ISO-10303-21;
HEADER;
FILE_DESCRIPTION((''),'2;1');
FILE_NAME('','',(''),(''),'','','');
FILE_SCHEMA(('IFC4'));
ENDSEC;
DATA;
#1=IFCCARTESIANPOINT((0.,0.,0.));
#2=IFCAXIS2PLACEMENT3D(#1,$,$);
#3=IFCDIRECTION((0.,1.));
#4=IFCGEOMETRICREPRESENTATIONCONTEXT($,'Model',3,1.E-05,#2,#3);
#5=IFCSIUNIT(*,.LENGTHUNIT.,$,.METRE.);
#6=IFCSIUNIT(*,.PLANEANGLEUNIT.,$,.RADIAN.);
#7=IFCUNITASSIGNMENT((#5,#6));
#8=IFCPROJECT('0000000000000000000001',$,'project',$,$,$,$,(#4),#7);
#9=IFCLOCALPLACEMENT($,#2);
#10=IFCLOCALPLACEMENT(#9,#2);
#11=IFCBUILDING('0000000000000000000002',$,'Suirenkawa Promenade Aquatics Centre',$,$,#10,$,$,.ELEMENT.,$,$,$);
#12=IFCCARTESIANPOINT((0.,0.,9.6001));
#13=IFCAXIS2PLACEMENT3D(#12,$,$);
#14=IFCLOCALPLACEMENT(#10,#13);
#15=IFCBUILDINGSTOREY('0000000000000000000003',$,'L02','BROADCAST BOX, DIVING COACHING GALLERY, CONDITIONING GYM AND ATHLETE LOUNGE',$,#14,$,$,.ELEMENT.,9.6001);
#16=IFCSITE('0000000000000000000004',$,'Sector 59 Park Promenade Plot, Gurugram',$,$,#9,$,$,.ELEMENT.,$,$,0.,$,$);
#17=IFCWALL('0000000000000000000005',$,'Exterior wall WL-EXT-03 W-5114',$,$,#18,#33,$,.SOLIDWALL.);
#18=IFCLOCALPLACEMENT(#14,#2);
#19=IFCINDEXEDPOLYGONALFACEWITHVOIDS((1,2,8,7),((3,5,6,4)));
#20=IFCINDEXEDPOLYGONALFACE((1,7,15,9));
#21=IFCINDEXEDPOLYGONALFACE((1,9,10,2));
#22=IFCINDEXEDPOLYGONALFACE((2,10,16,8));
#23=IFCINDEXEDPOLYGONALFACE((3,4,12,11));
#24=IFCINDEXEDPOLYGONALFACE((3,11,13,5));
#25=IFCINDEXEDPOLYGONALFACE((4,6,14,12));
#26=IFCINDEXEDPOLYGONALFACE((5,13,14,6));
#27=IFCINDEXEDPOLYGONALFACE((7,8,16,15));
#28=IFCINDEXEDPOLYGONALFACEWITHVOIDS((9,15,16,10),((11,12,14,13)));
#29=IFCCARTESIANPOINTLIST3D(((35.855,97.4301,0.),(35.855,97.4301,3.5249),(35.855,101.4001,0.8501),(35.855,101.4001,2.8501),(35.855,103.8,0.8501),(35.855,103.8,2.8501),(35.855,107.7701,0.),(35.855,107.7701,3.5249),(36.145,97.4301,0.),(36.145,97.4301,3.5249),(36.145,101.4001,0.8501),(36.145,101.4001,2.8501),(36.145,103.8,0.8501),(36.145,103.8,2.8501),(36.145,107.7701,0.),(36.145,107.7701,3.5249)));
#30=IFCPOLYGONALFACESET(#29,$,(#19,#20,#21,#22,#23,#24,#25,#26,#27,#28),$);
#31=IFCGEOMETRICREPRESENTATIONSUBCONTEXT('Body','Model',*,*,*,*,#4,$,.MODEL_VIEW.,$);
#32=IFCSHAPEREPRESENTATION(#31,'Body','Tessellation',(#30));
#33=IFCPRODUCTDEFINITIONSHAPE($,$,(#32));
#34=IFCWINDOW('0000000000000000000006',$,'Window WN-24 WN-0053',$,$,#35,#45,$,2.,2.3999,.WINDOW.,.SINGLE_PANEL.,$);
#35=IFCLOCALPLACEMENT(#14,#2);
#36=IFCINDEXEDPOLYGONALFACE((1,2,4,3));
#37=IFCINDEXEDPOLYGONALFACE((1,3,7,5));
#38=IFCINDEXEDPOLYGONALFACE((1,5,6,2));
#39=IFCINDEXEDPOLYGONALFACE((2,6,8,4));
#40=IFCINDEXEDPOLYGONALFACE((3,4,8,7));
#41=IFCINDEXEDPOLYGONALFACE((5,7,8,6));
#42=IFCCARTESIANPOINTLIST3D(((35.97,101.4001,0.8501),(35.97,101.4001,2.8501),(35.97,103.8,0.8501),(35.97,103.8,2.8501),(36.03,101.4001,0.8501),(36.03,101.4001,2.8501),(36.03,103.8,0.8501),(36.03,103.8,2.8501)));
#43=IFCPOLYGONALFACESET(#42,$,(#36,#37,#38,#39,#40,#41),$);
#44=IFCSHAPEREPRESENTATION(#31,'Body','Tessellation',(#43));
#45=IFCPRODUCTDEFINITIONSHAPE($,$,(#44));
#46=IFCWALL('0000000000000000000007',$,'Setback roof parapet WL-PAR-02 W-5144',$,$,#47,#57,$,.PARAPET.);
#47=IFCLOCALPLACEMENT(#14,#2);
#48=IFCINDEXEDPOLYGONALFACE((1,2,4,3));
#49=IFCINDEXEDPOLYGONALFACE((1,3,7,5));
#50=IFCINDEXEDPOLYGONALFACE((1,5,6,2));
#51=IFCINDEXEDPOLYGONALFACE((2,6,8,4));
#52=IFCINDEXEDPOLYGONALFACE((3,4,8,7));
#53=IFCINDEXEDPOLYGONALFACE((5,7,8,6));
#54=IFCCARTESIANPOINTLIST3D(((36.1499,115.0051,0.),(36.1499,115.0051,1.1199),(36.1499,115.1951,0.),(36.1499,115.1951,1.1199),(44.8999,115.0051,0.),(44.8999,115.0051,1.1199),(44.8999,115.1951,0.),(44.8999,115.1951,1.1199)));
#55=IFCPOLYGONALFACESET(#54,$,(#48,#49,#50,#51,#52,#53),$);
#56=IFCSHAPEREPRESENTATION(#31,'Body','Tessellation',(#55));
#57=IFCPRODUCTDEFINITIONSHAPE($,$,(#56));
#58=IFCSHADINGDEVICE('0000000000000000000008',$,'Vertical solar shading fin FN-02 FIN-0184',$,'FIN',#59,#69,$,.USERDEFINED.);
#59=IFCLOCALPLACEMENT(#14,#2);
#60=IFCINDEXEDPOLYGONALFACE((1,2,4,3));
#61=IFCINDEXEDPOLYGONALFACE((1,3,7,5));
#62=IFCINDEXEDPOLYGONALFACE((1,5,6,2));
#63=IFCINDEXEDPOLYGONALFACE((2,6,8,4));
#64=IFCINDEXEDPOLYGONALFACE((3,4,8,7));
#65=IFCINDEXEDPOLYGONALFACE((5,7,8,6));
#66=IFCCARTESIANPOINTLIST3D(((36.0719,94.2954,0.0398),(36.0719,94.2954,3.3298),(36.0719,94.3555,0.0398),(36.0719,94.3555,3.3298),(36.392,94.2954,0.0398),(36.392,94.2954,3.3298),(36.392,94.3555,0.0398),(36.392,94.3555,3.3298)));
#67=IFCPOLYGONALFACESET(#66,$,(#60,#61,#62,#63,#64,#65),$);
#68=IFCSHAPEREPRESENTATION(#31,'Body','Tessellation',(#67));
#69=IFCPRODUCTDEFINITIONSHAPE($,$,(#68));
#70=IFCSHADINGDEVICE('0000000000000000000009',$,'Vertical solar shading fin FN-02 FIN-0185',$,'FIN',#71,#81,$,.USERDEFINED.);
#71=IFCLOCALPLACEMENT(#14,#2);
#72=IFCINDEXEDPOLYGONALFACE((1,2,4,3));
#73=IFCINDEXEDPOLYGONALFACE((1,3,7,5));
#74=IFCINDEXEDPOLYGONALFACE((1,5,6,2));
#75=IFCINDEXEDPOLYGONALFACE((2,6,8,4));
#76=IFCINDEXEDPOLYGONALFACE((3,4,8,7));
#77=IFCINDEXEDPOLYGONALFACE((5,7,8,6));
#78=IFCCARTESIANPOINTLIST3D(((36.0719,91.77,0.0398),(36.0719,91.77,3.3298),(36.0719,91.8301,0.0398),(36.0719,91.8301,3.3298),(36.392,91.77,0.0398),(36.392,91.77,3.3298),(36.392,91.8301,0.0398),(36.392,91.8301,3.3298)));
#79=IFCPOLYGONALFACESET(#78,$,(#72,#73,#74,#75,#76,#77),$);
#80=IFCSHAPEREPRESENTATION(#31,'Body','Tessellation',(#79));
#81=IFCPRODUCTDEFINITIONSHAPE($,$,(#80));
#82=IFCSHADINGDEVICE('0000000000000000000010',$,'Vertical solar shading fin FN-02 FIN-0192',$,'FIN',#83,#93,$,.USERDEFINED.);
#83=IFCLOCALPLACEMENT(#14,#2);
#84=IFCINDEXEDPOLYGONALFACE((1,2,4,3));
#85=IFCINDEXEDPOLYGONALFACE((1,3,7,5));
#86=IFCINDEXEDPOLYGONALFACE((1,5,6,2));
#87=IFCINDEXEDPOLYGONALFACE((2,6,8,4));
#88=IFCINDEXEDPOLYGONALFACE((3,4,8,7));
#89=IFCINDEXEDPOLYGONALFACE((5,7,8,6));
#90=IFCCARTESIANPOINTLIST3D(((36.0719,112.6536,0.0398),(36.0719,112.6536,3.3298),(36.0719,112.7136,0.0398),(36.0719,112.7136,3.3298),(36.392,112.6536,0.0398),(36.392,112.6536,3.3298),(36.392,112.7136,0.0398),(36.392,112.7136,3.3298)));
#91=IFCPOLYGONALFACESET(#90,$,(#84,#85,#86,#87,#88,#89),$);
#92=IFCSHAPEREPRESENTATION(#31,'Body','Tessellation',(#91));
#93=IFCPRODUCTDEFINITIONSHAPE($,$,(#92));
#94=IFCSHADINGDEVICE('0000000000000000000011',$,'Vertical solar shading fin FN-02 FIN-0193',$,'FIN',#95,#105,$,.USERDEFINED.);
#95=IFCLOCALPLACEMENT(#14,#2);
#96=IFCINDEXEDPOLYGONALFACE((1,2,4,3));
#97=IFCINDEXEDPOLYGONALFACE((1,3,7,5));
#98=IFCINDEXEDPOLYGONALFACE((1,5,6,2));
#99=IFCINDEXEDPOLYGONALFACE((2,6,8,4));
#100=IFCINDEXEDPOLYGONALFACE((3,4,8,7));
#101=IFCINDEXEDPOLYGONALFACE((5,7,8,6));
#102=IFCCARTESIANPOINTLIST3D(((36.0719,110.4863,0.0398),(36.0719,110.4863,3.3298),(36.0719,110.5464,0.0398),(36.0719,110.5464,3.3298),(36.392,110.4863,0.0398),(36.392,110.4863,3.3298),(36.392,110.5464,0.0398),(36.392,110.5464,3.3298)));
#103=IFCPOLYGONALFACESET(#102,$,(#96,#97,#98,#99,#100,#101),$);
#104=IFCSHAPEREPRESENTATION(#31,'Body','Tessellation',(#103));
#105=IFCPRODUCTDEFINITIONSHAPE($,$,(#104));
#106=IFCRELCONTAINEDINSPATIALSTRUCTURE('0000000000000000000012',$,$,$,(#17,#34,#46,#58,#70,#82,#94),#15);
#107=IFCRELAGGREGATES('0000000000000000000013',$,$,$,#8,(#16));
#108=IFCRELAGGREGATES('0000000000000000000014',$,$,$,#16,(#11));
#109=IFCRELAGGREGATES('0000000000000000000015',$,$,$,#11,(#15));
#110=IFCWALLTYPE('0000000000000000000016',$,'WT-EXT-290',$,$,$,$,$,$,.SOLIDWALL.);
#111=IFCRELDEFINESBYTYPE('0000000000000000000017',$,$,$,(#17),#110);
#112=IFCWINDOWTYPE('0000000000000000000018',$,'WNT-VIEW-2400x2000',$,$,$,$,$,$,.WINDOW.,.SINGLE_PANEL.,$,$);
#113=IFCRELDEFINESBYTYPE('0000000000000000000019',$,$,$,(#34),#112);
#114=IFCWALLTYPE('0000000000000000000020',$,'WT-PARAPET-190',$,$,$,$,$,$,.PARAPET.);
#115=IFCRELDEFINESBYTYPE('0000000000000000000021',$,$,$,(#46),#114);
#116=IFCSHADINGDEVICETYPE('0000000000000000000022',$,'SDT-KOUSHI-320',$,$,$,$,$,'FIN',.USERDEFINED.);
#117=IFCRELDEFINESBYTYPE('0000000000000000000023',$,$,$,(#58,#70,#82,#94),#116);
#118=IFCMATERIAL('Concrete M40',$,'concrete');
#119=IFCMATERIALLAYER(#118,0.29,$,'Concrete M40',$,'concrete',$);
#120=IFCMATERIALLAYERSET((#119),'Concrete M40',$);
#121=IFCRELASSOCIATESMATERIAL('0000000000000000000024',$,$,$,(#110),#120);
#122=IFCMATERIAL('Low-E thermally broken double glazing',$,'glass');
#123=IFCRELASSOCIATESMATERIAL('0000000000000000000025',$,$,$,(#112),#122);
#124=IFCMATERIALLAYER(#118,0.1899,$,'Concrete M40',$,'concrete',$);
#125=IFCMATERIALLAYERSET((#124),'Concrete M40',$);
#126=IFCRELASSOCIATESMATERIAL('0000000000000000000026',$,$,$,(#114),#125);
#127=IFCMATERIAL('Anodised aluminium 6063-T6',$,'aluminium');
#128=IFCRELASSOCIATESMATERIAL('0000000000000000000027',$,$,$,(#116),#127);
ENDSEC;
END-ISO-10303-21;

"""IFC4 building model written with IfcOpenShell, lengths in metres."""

from ifc_helpers import new_model, si_unit, direction, frame, frame_2d, origin, origin_2d, place, context, subcontext, project, spatial, rectangle, extrude, material, layer, layer_set, type_object, element, fill, save


model = new_model("IFC4")

# Units and contexts
model_context = context("Model", 3, precision=1e-05, world=origin(), true_north=direction((0.0, 1.0)))
body_context = subcontext(model_context, "Body", "Model", "MODEL_VIEW")
ifc_project = project(units=[si_unit("LENGTHUNIT", "METRE"), si_unit("PLANEANGLEUNIT", "RADIAN")], contexts=[model_context])

# Site, building, storey
site_placement = place(None, origin())
site = spatial("IfcSite", under=ifc_project, at=site_placement, Name="Sector 59 Park Promenade Plot, Gurugram", CompositionType="ELEMENT", RefElevation=0.0)
building_placement = place(site_placement, origin())
building = spatial("IfcBuilding", under=site, at=building_placement, Name="Suirenkawa Promenade Aquatics Centre", CompositionType="ELEMENT")
storey_placement = place(building_placement, frame((0.0, 0.0, 9.6001)))
storey = spatial("IfcBuildingStorey", under=building, at=storey_placement, Name="L02", Description="BROADCAST BOX, DIVING COACHING GALLERY, CONDITIONING GYM AND ATHLETE LOUNGE", CompositionType="ELEMENT", Elevation=9.6001)

# Shared definitions
ifc_material_1 = material(Name="Concrete M40", Category="concrete")

# Shared definitions
ifc_material_2 = material(Name="Anodised aluminium 6063-T6", Category="aluminium")

# Shared definitions
ifc_material_3 = material(Name="Low-E thermally broken double glazing", Category="glass")

# Wall, opening, window
ifc_layer_1 = layer(ifc_material_1, 0.29, Name="Concrete M40", Category="concrete")
ifc_layer_set_1 = layer_set([ifc_layer_1], Name="Concrete M40")
wall_type_1 = type_object("IfcWallType", Name="WT-EXT-290", PredefinedType="SOLIDWALL", material=ifc_layer_set_1)
wall_1_placement = place(storey_placement, frame((36.0, 107.77, 0.0), z_axis=(0.0, 0.0, 1.0), x_axis=(0.0, -1.0, 0.0)))
wall_1 = element("IfcWall", 1, at=wall_1_placement, inside=storey, type_object=wall_type_1, Name="Exterior wall WL-EXT-03 W-5114", PredefinedType="SOLIDWALL", context=body_context, shape_type="SweptSolid", body=[
    extrude(rectangle(XDim=10.3401, YDim=0.29, at=frame_2d((5.1699, 0.0))), origin(), (0.0, 0.0, 1.0), 3.5249),
])
opening_placement = place(wall_1_placement, frame((3.97, 0.0, 0.8501)))
opening = element("IfcOpeningElement", 2, at=opening_placement, cuts=wall_1, PredefinedType="OPENING", context=body_context, shape_type="SweptSolid", body=[
    extrude(rectangle(XDim=2.3999, YDim=2.0, at=frame_2d((1.2, 1.0))), frame((0.0, 0.155, 0.0), z_axis=(0.0, -1.0, 0.0), x_axis=(1.0, 0.0, 0.0)), (0.0, 0.0, 1.0), 0.3101),
])
window_type = type_object("IfcWindowType", Name="WNT-VIEW-2400x2000", PartitioningType="SINGLE_PANEL", PredefinedType="WINDOW", material=ifc_material_3)
window_placement = place(opening_placement, origin())
window = element("IfcWindow", 3, at=window_placement, inside=storey, type_object=window_type, Name="Window WN-24 WN-0053", OverallHeight=2.0, OverallWidth=2.3999, PartitioningType="SINGLE_PANEL", PredefinedType="WINDOW", context=body_context, shape_type="SweptSolid", body=[
    extrude(rectangle(XDim=2.3999, YDim=2.0, at=frame_2d((1.2, 1.0))), frame((0.0, 0.03, 0.0), z_axis=(0.0, -1.0, 0.0), x_axis=(1.0, 0.0, 0.0)), (0.0, 0.0, 1.0), 0.0601),
])
fill(opening, window)

# Wall
ifc_layer_2 = layer(ifc_material_1, 0.1899, Name="Concrete M40", Category="concrete")
ifc_layer_set_2 = layer_set([ifc_layer_2], Name="Concrete M40")
wall_type_2 = type_object("IfcWallType", Name="WT-PARAPET-190", PredefinedType="PARAPET", material=ifc_layer_set_2)
wall_2_placement = place(storey_placement, frame((36.1499, 115.1001, 0.0), z_axis=(0.0, 0.0, 1.0), x_axis=(1.0, 0.0, 0.0)))
element("IfcWall", 4, at=wall_2_placement, inside=storey, type_object=wall_type_2, Name="Setback roof parapet WL-PAR-02 W-5144", PredefinedType="PARAPET", context=body_context, shape_type="SweptSolid", body=[
    extrude(rectangle(XDim=8.75, YDim=0.1899, at=frame_2d((4.375, 0.0))), origin(), (0.0, 0.0, 1.0), 1.1199),
])

# Shading devices
shading_device_type = type_object("IfcShadingDeviceType", Name="SDT-KOUSHI-320", ElementType="FIN", PredefinedType="USERDEFINED", material=ifc_material_2)
for number, where, z_axis, x_axis, name in (
    (5, (36.2319, 94.3254, 0.0398), (0.0, 0.0, 1.0), (1.0, 0.0, 0.0), "Vertical solar shading fin FN-02 FIN-0184"),
    (6, (36.2319, 91.8, 0.0398), (0.0, 0.0, 1.0), (1.0, 0.0, 0.0), "Vertical solar shading fin FN-02 FIN-0185"),
    (7, (36.2319, 112.6836, 0.0398), (0.0, 0.0, 1.0), (1.0, 0.0, 0.0), "Vertical solar shading fin FN-02 FIN-0192"),
    (8, (36.2319, 110.5164, 0.0398), (0.0, 0.0, 1.0), (1.0, 0.0, 0.0), "Vertical solar shading fin FN-02 FIN-0193"),
):
    element("IfcShadingDevice", number, at=place(storey_placement, frame(where, z_axis=z_axis, x_axis=x_axis)), inside=storey, type_object=shading_device_type, Name=name, ObjectType="FIN", PredefinedType="USERDEFINED", context=body_context, shape_type="SweptSolid", body=[
        extrude(rectangle(XDim=0.3201, YDim=0.0601, at=origin_2d()), origin(), (0.0, 0.0, 1.0), 3.29),
    ])

save(model, "model.ifc")
